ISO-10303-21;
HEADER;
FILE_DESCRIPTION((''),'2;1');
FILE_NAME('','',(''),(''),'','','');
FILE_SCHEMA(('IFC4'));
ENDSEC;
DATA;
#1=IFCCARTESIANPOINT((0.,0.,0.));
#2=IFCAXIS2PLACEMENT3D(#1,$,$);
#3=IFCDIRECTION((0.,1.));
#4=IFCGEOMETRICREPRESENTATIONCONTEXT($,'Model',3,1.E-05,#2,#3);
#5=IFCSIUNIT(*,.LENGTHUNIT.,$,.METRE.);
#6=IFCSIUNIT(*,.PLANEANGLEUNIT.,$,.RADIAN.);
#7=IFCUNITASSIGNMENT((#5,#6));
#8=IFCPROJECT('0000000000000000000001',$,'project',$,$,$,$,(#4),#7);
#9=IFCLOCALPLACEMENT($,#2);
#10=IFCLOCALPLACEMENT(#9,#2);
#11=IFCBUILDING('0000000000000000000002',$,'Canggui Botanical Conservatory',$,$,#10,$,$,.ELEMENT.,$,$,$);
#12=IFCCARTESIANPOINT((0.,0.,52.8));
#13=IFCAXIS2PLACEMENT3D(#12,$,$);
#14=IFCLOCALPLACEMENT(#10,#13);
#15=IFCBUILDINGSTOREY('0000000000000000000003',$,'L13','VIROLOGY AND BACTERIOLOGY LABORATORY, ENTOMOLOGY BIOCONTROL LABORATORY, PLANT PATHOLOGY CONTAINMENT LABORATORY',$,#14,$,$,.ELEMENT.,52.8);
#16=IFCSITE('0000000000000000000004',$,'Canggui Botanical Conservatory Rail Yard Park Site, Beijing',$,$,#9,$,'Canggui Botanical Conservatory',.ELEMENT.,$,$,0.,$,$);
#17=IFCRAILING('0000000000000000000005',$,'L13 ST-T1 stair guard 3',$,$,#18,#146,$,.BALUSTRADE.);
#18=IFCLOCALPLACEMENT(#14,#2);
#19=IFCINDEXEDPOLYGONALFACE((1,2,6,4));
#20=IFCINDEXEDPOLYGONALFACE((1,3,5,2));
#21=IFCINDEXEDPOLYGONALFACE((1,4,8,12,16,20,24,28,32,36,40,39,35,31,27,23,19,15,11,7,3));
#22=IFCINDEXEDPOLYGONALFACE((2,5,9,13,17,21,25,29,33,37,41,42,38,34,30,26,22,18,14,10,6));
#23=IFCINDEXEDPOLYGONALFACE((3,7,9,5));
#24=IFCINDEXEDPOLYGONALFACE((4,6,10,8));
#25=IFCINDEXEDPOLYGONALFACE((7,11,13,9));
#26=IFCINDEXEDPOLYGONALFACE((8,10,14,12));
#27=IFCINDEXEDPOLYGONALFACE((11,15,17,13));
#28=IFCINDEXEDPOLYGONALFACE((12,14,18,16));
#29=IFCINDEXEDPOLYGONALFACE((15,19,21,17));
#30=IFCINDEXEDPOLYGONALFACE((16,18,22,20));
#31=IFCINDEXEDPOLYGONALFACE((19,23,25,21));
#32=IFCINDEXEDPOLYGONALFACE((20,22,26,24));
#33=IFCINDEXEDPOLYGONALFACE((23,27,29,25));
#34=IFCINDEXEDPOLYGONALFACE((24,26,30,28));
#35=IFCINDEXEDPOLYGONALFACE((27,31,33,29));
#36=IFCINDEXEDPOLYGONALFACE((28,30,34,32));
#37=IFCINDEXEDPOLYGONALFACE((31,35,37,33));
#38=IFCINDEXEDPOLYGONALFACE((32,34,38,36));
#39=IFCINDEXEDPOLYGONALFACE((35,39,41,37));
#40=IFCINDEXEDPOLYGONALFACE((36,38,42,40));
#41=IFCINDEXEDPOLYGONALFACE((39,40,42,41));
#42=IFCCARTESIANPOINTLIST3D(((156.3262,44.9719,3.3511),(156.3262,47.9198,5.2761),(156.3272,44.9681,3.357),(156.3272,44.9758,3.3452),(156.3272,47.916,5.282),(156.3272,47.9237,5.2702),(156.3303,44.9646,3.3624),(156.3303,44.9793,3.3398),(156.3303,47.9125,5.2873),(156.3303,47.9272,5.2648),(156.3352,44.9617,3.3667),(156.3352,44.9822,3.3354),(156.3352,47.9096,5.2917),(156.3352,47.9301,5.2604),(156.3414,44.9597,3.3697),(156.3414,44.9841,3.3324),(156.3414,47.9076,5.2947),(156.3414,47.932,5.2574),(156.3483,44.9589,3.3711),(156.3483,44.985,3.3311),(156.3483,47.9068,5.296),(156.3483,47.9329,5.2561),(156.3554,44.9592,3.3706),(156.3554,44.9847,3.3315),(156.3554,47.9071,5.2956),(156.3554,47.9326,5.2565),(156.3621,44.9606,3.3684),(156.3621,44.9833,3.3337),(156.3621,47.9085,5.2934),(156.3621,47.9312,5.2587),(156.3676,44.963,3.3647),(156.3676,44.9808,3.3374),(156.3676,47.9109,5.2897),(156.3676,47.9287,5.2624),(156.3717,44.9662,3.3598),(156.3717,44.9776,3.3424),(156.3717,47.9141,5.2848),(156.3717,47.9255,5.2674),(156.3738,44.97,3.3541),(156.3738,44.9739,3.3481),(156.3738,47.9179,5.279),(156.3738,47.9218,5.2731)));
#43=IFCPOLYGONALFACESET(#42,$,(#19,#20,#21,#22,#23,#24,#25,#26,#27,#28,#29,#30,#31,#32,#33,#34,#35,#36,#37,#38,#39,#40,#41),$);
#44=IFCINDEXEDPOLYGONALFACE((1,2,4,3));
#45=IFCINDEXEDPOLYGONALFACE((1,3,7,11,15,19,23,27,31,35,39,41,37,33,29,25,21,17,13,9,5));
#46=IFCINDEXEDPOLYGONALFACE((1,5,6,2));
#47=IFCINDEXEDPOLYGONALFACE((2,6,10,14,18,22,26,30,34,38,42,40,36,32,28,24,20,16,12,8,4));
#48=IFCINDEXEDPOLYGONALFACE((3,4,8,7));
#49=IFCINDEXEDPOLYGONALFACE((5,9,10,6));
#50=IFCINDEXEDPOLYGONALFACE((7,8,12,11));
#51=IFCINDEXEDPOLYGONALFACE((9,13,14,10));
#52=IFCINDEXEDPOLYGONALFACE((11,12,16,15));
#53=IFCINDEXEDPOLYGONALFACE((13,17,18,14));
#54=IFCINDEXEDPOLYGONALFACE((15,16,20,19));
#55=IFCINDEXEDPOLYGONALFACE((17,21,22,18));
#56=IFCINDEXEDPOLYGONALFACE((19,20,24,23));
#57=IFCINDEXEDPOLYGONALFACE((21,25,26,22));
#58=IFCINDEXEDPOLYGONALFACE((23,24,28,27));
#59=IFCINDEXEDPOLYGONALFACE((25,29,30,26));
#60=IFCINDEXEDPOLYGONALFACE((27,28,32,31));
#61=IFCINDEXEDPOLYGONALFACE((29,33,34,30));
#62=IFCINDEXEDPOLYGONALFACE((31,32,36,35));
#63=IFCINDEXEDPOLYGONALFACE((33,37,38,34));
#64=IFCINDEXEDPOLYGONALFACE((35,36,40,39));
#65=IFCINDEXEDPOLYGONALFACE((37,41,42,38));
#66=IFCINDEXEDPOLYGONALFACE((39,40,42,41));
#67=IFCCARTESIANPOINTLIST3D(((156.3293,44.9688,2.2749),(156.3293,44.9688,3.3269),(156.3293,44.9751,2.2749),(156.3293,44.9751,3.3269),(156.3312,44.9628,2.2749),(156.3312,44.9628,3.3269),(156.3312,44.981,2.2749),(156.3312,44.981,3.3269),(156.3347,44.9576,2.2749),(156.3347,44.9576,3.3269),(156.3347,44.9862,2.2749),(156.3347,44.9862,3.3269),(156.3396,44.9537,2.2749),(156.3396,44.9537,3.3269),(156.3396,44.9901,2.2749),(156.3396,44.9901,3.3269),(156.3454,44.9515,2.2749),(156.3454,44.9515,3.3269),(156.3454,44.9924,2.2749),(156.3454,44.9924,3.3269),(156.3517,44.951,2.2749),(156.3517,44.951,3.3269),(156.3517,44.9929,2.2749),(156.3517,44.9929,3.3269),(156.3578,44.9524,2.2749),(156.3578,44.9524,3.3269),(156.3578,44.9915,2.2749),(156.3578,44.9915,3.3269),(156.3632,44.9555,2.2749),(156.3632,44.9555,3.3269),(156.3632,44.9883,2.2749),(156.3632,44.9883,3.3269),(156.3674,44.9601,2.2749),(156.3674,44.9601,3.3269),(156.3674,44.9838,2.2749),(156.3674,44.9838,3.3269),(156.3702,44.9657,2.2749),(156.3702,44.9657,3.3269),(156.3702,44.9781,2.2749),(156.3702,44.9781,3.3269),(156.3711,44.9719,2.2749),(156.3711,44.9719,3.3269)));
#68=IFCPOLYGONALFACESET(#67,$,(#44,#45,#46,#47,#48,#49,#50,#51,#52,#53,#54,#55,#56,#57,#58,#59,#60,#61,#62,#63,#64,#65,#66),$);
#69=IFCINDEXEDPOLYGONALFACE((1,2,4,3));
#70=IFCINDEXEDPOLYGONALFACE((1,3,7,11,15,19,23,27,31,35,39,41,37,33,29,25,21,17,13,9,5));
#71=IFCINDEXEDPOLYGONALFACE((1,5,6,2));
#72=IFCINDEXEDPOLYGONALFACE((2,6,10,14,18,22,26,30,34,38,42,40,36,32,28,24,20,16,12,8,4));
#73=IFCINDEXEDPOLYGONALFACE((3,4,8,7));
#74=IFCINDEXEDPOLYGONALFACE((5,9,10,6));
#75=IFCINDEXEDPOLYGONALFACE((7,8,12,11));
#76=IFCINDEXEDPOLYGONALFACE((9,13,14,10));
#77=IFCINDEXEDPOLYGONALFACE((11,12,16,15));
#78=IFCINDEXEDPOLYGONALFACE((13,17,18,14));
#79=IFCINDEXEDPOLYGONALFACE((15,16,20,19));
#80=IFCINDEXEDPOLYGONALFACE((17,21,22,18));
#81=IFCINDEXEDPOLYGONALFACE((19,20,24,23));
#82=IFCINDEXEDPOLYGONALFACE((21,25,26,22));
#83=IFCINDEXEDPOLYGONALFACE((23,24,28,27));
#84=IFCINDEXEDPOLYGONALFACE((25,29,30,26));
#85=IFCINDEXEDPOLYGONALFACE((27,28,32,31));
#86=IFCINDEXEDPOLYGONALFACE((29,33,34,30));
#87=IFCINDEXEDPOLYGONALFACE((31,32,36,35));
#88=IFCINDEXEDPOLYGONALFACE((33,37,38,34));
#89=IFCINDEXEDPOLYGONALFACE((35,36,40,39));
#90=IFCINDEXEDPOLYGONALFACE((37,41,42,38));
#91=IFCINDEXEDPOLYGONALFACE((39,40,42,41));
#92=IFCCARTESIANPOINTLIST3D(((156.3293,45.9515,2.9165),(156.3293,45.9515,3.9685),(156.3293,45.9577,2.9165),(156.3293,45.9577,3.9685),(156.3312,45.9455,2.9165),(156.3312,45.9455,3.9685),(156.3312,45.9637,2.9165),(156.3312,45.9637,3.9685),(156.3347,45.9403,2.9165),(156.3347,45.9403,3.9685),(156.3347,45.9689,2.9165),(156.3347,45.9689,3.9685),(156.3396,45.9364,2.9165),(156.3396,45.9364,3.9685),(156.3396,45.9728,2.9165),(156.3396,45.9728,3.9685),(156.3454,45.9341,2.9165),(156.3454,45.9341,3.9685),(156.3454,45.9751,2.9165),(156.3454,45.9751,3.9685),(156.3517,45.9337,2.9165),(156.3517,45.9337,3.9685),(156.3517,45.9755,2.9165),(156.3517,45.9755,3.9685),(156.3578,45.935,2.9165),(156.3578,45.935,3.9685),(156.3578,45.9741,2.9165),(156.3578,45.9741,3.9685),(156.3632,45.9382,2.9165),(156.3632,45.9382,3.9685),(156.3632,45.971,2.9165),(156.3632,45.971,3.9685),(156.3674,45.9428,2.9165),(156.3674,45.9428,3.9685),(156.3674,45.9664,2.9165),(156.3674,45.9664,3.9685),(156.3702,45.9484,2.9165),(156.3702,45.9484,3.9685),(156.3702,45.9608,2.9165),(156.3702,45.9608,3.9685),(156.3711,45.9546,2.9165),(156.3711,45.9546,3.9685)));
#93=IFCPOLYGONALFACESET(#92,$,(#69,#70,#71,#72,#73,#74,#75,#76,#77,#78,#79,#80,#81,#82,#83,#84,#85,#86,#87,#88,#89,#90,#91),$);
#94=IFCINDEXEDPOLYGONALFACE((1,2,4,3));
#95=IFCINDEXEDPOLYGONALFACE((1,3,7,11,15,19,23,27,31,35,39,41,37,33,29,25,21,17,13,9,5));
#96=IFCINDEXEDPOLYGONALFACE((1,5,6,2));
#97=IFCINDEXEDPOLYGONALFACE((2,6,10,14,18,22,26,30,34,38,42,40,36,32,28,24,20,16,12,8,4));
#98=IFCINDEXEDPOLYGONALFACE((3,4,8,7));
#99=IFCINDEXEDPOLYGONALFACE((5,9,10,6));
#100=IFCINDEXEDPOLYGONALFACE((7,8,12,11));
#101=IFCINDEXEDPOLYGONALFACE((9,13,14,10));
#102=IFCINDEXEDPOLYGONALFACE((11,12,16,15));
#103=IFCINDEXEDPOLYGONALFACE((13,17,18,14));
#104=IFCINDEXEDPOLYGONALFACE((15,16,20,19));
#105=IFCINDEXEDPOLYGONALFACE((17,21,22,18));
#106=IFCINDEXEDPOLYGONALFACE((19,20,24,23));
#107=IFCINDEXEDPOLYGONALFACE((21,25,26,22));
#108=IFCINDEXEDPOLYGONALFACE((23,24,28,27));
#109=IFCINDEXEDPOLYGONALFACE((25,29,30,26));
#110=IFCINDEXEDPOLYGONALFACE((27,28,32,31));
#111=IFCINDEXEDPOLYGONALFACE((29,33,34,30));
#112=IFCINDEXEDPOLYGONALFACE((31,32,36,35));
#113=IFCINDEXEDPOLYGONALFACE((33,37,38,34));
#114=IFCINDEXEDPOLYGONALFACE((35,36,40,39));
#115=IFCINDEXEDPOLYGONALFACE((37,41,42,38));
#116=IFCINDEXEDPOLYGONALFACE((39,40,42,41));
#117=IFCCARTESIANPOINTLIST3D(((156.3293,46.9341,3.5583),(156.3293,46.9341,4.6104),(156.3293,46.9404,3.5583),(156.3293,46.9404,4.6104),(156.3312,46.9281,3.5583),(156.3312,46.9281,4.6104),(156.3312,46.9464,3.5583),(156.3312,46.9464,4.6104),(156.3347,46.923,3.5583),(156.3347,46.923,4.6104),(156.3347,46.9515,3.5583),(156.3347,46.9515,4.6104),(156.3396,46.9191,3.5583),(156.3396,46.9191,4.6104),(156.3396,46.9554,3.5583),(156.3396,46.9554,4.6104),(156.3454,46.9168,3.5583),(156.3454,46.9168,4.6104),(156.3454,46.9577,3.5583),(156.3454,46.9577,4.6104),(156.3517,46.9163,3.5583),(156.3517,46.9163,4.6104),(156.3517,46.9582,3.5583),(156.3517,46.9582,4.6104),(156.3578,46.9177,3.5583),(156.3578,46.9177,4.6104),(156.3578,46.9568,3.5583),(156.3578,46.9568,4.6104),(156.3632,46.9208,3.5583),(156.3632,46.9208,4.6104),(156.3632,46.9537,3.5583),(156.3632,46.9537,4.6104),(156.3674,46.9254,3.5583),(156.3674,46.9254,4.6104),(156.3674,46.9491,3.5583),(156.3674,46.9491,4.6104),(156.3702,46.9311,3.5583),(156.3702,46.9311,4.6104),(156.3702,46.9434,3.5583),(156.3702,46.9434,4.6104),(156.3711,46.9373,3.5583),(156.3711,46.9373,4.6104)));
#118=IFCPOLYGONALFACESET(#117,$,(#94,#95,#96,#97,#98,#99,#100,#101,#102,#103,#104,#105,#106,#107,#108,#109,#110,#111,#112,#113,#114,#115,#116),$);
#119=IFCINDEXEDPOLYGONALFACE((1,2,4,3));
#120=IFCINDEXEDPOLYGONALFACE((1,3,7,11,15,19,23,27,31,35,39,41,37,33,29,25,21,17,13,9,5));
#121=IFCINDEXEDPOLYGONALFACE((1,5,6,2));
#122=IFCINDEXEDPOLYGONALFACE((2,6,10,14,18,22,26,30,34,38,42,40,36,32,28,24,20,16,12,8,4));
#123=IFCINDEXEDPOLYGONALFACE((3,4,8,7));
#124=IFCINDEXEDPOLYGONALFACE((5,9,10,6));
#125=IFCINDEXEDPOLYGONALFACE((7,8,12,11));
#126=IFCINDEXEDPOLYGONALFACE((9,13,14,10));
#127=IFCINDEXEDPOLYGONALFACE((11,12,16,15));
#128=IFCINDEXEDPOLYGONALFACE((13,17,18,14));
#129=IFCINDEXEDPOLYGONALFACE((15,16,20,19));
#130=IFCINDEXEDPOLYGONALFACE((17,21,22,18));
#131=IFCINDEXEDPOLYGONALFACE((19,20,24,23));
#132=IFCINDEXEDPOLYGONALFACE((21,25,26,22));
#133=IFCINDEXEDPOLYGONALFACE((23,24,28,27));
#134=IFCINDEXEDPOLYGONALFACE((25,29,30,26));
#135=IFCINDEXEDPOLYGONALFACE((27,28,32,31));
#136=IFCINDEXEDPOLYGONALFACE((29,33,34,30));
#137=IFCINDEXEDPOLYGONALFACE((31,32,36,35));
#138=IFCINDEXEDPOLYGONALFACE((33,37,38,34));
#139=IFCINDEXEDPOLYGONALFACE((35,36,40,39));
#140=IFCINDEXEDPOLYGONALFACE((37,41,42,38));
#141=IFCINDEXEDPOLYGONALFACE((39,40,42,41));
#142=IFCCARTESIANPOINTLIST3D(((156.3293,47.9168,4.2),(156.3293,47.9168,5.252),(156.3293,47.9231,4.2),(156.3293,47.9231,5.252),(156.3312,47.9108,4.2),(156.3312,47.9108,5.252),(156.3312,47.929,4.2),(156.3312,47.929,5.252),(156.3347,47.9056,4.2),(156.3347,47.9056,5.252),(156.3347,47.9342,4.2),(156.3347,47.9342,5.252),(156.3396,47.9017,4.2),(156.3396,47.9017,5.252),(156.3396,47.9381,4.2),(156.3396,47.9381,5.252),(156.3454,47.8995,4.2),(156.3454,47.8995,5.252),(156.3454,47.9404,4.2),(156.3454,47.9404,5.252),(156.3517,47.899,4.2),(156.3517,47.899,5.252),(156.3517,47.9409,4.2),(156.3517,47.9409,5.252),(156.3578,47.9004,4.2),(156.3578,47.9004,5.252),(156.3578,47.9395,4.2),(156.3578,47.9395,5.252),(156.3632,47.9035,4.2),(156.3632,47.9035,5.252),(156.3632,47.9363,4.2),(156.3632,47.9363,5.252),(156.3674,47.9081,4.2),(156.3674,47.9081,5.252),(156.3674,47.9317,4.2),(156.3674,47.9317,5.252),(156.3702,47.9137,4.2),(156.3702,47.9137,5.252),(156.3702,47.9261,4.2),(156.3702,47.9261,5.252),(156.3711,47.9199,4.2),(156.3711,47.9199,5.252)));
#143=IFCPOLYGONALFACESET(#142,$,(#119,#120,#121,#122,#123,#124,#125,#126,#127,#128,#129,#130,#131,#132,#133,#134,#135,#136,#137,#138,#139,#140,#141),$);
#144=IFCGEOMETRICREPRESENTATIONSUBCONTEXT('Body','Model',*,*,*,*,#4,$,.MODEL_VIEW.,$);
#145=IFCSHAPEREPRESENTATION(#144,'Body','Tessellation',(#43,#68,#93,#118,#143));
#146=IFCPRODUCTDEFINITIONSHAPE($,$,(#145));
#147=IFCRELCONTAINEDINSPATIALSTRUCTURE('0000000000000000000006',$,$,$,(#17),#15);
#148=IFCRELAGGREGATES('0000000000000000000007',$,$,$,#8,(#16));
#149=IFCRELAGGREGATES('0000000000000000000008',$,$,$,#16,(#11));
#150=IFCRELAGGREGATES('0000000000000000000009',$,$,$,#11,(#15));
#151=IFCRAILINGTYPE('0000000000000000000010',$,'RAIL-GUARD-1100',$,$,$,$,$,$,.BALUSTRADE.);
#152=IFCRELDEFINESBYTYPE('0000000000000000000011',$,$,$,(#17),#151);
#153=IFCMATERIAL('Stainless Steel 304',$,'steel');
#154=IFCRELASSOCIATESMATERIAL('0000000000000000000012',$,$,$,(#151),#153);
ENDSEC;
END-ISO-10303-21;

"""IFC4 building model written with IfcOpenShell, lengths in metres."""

from ifc_helpers import new_model, si_unit, direction, frame, origin, origin_2d, place, context, subcontext, project, spatial, circle, extrude, material, type_object, element, save


model = new_model("IFC4")

# Units and contexts
model_context = context("Model", 3, precision=1e-05, world=origin(), true_north=direction((0.0, 1.0)))
body_context = subcontext(model_context, "Body", "Model", "MODEL_VIEW")
ifc_project = project(units=[si_unit("LENGTHUNIT", "METRE"), si_unit("PLANEANGLEUNIT", "RADIAN")], contexts=[model_context])

# Site, building, storey
site_placement = place(None, origin())
site = spatial("IfcSite", under=ifc_project, at=site_placement, Name="Canggui Botanical Conservatory Rail Yard Park Site, Beijing", LongName="Canggui Botanical Conservatory", CompositionType="ELEMENT", RefElevation=0.0)
building_placement = place(site_placement, origin())
building = spatial("IfcBuilding", under=site, at=building_placement, Name="Canggui Botanical Conservatory", CompositionType="ELEMENT")
storey_placement = place(building_placement, frame((0.0, 0.0, 52.8)))
storey = spatial("IfcBuildingStorey", under=building, at=storey_placement, Name="L13", Description="VIROLOGY AND BACTERIOLOGY LABORATORY, ENTOMOLOGY BIOCONTROL LABORATORY, PLANT PATHOLOGY CONTAINMENT LABORATORY", CompositionType="ELEMENT", Elevation=52.8)

# Shared definitions
ifc_material_1 = material(Name="Stainless Steel 304", Category="steel")

# Railing
railing_type_1 = type_object("IfcRailingType", Name="RAIL-GUARD-1100", PredefinedType="BALUSTRADE", material=ifc_material_1)
railing_1_placement = place(storey_placement, frame((156.3501, 44.9719, 2.2749)))
element("IfcRailing", 1, at=railing_1_placement, inside=storey, type_object=railing_type_1, Name="L13 ST-T1 stair guard 3", PredefinedType="BALUSTRADE", context=body_context, shape_type="SweptSolid", body=[
    extrude(circle(Radius=0.0239, at=origin_2d()), frame((0.0, 0.0, 1.0762), z_axis=(0.0, 0.837293, 0.546754), x_axis=(-1.0, 0.0, 0.0)), (0.0, 0.0, 1.0), 3.5208),
    extrude(circle(Radius=0.021, at=origin_2d()), origin(), (0.0, 0.0, 1.0), 1.052),
    extrude(circle(Radius=0.021, at=origin_2d()), frame((0.0, 0.9827, 0.6416)), (0.0, 0.0, 1.0), 1.052),
    extrude(circle(Radius=0.021, at=origin_2d()), frame((0.0, 1.9653, 1.2834)), (0.0, 0.0, 1.0), 1.052),
    extrude(circle(Radius=0.021, at=origin_2d()), frame((0.0, 2.948, 1.925)), (0.0, 0.0, 1.0), 1.052),
])

save(model, "model.ifc")
